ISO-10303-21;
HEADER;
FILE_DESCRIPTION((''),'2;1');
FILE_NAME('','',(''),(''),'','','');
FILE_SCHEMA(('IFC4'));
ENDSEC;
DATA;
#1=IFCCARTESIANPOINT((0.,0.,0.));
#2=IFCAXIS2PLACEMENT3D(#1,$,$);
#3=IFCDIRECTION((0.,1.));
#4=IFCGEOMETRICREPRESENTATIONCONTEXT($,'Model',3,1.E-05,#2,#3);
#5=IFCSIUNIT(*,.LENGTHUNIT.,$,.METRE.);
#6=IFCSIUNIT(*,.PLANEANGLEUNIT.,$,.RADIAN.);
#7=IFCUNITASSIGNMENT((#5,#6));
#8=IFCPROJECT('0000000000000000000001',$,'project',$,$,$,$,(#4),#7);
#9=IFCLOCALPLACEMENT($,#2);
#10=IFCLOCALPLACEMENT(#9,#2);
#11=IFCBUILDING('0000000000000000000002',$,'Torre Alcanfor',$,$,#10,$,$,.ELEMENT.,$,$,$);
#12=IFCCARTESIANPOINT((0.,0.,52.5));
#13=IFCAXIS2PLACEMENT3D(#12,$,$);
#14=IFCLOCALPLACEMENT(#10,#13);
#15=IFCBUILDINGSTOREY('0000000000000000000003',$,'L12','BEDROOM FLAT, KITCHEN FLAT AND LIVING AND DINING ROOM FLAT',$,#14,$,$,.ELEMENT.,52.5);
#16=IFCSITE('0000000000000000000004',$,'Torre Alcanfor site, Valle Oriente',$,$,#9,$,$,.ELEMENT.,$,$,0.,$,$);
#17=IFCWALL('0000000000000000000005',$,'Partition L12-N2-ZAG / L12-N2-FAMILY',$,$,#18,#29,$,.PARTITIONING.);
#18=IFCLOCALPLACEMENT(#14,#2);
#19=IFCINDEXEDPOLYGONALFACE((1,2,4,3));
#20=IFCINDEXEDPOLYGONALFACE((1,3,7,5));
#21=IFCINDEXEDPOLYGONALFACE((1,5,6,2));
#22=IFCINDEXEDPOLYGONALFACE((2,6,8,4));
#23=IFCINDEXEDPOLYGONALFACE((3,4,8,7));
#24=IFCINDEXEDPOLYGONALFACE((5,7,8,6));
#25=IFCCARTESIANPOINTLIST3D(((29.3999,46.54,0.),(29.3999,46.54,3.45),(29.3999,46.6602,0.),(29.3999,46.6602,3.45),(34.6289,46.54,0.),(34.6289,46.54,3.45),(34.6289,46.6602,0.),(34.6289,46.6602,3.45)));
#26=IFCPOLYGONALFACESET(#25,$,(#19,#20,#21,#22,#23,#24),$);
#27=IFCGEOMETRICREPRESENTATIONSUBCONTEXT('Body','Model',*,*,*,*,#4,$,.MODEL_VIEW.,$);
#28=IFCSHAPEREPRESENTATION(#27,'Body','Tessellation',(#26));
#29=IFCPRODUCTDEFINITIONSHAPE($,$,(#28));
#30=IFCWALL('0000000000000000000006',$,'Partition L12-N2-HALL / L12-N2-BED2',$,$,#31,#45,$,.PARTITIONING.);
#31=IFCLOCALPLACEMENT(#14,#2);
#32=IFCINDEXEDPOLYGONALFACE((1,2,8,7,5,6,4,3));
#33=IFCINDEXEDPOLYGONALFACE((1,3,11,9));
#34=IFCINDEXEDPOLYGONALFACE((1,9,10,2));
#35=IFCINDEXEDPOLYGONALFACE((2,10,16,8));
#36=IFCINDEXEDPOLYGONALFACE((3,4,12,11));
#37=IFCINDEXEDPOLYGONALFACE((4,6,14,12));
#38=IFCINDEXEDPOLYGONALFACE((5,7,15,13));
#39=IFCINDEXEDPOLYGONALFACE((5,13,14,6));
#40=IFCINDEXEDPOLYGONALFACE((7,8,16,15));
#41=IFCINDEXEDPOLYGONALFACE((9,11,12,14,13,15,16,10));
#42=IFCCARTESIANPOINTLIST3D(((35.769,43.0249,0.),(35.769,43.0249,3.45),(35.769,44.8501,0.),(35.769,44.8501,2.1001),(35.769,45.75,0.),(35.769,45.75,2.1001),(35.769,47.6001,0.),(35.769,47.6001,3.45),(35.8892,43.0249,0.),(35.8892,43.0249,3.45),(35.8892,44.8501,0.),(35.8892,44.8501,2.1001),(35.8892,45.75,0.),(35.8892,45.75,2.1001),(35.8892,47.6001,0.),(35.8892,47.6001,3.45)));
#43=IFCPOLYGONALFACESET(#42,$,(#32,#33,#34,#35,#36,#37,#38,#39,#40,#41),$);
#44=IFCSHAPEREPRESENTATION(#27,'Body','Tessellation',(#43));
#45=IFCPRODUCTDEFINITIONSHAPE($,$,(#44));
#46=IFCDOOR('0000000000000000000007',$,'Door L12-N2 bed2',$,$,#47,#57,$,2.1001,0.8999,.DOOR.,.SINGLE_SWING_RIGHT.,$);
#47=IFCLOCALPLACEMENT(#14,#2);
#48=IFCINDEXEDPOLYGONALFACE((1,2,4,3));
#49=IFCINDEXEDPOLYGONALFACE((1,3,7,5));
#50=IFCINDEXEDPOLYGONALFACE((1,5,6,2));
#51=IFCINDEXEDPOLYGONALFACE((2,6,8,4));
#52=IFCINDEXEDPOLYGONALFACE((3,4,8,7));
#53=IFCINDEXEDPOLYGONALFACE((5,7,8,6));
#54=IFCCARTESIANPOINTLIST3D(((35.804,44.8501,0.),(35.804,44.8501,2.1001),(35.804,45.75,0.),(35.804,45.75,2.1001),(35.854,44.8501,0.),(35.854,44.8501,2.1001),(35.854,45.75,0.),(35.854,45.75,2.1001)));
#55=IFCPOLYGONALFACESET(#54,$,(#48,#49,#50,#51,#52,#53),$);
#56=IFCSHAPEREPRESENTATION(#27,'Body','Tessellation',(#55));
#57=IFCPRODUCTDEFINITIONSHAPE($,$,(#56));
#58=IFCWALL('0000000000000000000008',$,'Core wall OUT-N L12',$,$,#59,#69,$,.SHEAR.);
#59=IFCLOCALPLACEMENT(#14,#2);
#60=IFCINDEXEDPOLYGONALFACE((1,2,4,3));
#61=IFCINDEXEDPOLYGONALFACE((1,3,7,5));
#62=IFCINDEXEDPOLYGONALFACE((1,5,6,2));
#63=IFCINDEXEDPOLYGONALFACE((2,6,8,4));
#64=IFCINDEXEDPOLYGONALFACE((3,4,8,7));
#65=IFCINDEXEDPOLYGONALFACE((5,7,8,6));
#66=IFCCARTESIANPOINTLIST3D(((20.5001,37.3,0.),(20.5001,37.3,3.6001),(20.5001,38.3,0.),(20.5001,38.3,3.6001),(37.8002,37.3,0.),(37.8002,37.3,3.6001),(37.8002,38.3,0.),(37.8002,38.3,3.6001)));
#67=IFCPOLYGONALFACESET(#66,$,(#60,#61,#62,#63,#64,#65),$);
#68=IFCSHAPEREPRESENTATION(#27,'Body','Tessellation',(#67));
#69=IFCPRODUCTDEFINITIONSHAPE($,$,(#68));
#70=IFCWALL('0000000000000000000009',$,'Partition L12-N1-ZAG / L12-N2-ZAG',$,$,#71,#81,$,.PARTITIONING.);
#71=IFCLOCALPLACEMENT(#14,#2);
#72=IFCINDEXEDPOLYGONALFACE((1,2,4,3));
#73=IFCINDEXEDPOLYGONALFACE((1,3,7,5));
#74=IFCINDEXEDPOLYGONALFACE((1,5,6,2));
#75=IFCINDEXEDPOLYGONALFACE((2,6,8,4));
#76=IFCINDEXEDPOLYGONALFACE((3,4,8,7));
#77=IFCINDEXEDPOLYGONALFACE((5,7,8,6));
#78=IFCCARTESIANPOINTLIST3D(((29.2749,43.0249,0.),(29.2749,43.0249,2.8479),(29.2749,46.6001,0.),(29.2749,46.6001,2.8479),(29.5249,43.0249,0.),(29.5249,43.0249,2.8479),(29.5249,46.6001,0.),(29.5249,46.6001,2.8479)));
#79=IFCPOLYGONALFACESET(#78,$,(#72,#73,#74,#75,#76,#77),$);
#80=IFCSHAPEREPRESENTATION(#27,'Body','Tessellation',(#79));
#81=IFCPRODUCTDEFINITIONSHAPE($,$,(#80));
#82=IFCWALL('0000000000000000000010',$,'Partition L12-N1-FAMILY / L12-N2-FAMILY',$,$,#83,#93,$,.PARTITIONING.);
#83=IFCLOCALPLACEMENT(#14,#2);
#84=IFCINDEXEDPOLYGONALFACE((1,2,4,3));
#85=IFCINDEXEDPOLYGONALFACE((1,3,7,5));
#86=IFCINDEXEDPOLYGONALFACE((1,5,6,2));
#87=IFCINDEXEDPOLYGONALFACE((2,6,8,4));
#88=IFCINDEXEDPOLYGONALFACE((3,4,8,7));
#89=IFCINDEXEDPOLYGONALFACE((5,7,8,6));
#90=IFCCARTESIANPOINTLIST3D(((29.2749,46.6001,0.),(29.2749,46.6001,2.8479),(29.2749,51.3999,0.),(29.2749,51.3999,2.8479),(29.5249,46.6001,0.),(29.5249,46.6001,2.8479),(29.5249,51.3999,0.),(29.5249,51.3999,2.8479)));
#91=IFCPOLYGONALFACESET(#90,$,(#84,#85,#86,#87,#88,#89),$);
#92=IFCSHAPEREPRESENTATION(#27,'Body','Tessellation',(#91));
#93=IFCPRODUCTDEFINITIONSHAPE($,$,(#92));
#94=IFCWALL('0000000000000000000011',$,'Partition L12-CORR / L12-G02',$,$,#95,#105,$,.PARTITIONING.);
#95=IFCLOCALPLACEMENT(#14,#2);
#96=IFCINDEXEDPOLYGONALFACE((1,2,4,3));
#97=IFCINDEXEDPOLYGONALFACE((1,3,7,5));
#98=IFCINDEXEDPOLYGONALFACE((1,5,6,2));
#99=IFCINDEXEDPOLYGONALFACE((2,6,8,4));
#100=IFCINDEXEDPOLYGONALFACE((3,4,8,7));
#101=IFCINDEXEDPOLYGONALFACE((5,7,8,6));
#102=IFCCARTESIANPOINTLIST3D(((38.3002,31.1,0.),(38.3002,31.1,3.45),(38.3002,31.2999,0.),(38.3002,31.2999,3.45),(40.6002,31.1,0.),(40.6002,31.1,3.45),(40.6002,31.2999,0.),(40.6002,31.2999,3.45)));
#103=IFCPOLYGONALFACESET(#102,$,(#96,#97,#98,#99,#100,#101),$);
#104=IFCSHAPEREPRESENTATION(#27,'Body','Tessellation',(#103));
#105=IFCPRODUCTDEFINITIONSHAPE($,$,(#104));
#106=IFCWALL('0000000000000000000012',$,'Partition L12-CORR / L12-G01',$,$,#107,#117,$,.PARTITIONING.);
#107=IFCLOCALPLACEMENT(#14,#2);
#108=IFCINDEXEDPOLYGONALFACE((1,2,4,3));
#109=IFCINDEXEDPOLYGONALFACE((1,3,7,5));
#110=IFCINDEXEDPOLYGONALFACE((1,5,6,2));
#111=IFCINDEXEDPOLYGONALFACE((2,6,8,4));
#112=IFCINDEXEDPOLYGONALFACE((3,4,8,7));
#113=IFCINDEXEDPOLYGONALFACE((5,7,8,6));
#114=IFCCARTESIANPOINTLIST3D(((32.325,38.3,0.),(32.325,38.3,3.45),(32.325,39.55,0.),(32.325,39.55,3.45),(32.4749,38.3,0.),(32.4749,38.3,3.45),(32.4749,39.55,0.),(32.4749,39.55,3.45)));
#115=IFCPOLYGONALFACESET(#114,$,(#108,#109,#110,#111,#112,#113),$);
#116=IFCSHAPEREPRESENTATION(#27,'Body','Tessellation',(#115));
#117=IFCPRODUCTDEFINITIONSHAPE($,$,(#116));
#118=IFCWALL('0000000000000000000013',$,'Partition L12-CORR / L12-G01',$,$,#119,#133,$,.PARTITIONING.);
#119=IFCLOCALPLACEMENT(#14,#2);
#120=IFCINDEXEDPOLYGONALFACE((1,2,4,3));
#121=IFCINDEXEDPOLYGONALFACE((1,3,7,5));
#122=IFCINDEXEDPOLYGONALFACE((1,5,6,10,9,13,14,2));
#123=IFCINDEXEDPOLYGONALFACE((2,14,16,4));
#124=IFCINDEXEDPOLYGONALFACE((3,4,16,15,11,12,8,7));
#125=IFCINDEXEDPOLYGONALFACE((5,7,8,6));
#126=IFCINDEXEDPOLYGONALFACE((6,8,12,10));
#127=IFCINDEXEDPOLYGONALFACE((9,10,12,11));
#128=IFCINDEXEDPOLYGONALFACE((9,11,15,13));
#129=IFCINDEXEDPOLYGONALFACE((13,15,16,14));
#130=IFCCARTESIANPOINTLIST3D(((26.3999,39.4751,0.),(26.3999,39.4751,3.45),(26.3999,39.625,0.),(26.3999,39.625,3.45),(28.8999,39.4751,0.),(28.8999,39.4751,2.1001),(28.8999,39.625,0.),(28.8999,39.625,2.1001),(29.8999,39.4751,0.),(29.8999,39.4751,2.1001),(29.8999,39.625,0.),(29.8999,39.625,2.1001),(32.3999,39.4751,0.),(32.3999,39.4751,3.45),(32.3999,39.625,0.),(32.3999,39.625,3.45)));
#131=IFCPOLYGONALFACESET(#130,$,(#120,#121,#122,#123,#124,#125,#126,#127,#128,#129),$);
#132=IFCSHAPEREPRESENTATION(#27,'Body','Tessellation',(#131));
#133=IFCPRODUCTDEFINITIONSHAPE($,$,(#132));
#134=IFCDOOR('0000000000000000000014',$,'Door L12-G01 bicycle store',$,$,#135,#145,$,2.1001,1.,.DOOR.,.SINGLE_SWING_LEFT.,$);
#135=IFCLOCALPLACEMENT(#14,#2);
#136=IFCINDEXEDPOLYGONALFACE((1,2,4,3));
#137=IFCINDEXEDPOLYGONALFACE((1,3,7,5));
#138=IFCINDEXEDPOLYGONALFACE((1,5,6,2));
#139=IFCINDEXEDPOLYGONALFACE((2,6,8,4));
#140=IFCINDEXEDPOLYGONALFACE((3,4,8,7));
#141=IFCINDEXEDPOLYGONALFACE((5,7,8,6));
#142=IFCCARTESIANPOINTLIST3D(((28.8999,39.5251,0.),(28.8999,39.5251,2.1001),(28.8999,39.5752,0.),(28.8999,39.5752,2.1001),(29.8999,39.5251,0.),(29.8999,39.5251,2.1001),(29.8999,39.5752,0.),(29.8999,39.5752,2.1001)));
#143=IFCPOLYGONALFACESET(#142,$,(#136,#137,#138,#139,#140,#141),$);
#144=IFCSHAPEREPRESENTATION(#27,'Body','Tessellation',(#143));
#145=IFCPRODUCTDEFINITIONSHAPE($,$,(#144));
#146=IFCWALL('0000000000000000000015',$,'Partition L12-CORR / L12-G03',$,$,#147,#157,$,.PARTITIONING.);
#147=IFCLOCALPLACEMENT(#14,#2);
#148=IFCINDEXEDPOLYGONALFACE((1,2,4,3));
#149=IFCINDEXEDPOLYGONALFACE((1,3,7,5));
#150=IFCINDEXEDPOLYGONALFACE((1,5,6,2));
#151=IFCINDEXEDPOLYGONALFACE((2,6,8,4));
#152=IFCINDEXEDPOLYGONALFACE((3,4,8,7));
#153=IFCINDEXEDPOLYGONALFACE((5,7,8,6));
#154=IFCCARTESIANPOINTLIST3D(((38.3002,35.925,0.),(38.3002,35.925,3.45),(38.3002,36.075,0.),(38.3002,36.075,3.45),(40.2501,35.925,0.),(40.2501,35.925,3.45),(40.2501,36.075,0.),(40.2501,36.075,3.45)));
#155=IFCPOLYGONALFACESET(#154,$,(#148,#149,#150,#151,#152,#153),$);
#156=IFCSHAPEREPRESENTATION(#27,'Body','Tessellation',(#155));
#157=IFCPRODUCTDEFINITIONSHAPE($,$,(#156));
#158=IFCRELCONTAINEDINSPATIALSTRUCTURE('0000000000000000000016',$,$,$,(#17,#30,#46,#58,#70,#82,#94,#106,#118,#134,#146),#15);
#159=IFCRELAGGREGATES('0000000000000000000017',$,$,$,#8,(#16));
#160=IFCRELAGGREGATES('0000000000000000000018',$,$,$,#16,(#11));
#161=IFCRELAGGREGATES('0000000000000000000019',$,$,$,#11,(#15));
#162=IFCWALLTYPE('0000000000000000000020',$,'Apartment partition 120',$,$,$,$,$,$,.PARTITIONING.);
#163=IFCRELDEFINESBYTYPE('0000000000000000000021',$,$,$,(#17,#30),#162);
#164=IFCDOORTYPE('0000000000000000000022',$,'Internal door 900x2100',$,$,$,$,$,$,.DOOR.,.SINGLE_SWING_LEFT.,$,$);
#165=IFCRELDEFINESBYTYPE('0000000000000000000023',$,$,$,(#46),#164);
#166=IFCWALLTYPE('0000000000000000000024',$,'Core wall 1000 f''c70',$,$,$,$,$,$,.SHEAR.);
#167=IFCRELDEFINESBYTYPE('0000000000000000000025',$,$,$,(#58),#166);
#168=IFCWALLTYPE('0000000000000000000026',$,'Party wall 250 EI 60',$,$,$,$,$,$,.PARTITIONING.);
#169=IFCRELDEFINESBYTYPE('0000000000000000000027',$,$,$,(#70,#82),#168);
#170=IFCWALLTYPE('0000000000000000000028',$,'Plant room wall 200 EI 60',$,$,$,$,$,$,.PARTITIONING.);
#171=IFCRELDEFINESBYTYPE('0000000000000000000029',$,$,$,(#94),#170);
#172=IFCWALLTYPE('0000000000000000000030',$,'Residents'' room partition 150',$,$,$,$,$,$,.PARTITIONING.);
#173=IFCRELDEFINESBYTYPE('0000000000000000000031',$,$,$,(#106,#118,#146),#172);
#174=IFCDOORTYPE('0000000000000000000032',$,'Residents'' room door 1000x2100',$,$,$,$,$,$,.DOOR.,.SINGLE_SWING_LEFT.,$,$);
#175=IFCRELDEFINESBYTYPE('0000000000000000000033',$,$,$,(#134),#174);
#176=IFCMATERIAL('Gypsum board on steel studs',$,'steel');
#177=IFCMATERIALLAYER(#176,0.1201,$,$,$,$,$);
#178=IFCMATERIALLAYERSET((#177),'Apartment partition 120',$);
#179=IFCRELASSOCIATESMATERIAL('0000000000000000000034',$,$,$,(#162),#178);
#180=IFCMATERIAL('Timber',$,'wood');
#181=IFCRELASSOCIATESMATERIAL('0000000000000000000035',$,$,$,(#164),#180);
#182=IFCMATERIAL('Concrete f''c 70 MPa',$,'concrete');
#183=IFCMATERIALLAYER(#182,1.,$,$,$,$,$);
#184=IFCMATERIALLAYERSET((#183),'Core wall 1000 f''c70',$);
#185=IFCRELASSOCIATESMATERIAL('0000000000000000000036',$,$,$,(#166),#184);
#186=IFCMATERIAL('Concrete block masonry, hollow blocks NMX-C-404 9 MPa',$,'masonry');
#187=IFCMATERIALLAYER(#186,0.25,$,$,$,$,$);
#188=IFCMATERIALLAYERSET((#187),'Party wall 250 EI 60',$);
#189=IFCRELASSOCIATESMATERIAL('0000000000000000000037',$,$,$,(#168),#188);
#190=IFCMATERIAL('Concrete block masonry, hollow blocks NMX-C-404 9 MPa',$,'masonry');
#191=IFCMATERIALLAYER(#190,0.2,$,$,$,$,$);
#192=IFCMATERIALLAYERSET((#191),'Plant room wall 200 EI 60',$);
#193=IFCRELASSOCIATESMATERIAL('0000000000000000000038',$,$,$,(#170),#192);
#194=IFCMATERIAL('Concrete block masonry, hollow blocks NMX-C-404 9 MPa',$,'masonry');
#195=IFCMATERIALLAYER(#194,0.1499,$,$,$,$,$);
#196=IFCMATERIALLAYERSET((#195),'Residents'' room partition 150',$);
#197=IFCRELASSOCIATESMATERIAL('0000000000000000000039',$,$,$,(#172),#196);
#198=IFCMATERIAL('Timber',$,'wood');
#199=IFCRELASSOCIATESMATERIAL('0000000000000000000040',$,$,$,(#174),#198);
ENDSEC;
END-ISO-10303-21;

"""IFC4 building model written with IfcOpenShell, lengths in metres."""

from ifc_helpers import new_model, si_unit, direction, frame, frame_2d, origin, place, context, subcontext, project, spatial, rectangle, extrude, material, layer, layer_set, type_object, element, fill, save


model = new_model("IFC4")

# Units and contexts
model_context = context("Model", 3, precision=1e-05, world=origin(), true_north=direction((0.0, 1.0)))
body_context = subcontext(model_context, "Body", "Model", "MODEL_VIEW")
ifc_project = project(units=[si_unit("LENGTHUNIT", "METRE"), si_unit("PLANEANGLEUNIT", "RADIAN")], contexts=[model_context])

# Site, building, storey
site_placement = place(None, origin())
site = spatial("IfcSite", under=ifc_project, at=site_placement, Name="Torre Alcanfor site, Valle Oriente", CompositionType="ELEMENT", RefElevation=0.0)
building_placement = place(site_placement, origin())
building = spatial("IfcBuilding", under=site, at=building_placement, Name="Torre Alcanfor", CompositionType="ELEMENT")
storey_placement = place(building_placement, frame((0.0, 0.0, 52.5)))
storey = spatial("IfcBuildingStorey", under=building, at=storey_placement, Name="L12", Description="BEDROOM FLAT, KITCHEN FLAT AND LIVING AND DINING ROOM FLAT", CompositionType="ELEMENT", Elevation=52.5)

# Wall
ifc_material_1 = material(Name="Gypsum board on steel studs", Category="steel")
ifc_layer_1 = layer(ifc_material_1, 0.1201)
ifc_layer_set_1 = layer_set([ifc_layer_1], Name="Apartment partition 120")
wall_type_1 = type_object("IfcWallType", Name="Apartment partition 120", PredefinedType="PARTITIONING", material=ifc_layer_set_1)
wall_1_placement = place(storey_placement, frame((29.3999, 46.6001, 0.0), z_axis=(0.0, 0.0, 1.0), x_axis=(1.0, 0.0, 0.0)))
element("IfcWall", 1, at=wall_1_placement, inside=storey, type_object=wall_type_1, Name="Partition L12-N2-ZAG / L12-N2-FAMILY", PredefinedType="PARTITIONING", context=body_context, shape_type="SweptSolid", body=[
    extrude(rectangle(XDim=5.229, YDim=0.1201, at=frame_2d((2.6145, 0.0))), origin(), (0.0, 0.0, 1.0), 3.45),
])

# Wall, opening, door
wall_2_placement = place(storey_placement, frame((35.8291, 47.6001, 0.0), z_axis=(0.0, 0.0, 1.0), x_axis=(0.0, -1.0, 0.0)))
wall_2 = element("IfcWall", 2, at=wall_2_placement, inside=storey, type_object=wall_type_1, Name="Partition L12-N2-HALL / L12-N2-BED2", PredefinedType="PARTITIONING", context=body_context, shape_type="SweptSolid", body=[
    extrude(rectangle(XDim=4.5752, YDim=0.1201, at=frame_2d((2.2876, 0.0))), origin(), (0.0, 0.0, 1.0), 3.45),
])
opening_1_placement = place(wall_2_placement, frame((1.8501, 0.0, 0.0)))
opening_1 = element("IfcOpeningElement", 3, at=opening_1_placement, cuts=wall_2, PredefinedType="OPENING", context=body_context, shape_type="SweptSolid", body=[
    extrude(rectangle(XDim=0.8999, YDim=2.1001, at=frame_2d((0.45, 1.05))), frame((0.0, 0.0701, 0.0), z_axis=(0.0, -1.0, 0.0), x_axis=(1.0, 0.0, 0.0)), (0.0, 0.0, 1.0), 0.1401),
])
ifc_material_2 = material(Name="Timber", Category="wood")
door_type_1 = type_object("IfcDoorType", Name="Internal door 900x2100", OperationType="SINGLE_SWING_LEFT", PredefinedType="DOOR", material=ifc_material_2)
door_1_placement = place(opening_1_placement, origin())
door_1 = element("IfcDoor", 4, at=door_1_placement, inside=storey, type_object=door_type_1, Name="Door L12-N2 bed2", OperationType="SINGLE_SWING_RIGHT", OverallHeight=2.1001, OverallWidth=0.8999, PredefinedType="DOOR", context=body_context, shape_type="SweptSolid", body=[
    extrude(rectangle(XDim=0.8999, YDim=2.1001, at=frame_2d((0.45, 1.05))), frame((0.0, 0.0249, 0.0), z_axis=(0.0, -1.0, 0.0), x_axis=(1.0, 0.0, 0.0)), (0.0, 0.0, 1.0), 0.05),
])
fill(opening_1, door_1)

# Walls
ifc_material_3 = material(Name="Concrete f'c 70 MPa", Category="concrete")
ifc_layer_2 = layer(ifc_material_3, 1.0)
ifc_layer_set_2 = layer_set([ifc_layer_2], Name="Core wall 1000 f'c70")
wall_type_2 = type_object("IfcWallType", Name="Core wall 1000 f'c70", PredefinedType="SHEAR", material=ifc_layer_set_2)
wall_3_placement = place(storey_placement, frame((37.8, 37.8, 0.0), z_axis=(0.0, 0.0, 1.0), x_axis=(-1.0, 0.0, 0.0)))
element("IfcWall", 5, at=wall_3_placement, inside=storey, type_object=wall_type_2, Name="Core wall OUT-N L12", PredefinedType="SHEAR", context=body_context, shape_type="SweptSolid", body=[
    extrude(rectangle(XDim=17.3, YDim=1.0, at=frame_2d((8.6499, 0.0))), origin(), (0.0, 0.0, 1.0), 3.6001),
])
ifc_material_4 = material(Name="Concrete block masonry, hollow blocks NMX-C-404 9 MPa", Category="masonry")
ifc_layer_3 = layer(ifc_material_4, 0.25)
ifc_layer_set_3 = layer_set([ifc_layer_3], Name="Party wall 250 EI 60")
wall_type_3 = type_object("IfcWallType", Name="Party wall 250 EI 60", PredefinedType="PARTITIONING", material=ifc_layer_set_3)
wall_4_placement = place(storey_placement, frame((29.3999, 43.0249, 0.0), z_axis=(0.0, 0.0, 1.0), x_axis=(0.0, 1.0, 0.0)))
element("IfcWall", 6, at=wall_4_placement, inside=storey, type_object=wall_type_3, Name="Partition L12-N1-ZAG / L12-N2-ZAG", PredefinedType="PARTITIONING", context=body_context, shape_type="SweptSolid", body=[
    extrude(rectangle(XDim=3.5752, YDim=0.25, at=frame_2d((1.7876, 0.0))), origin(), (0.0, 0.0, 1.0), 2.8479),
])
wall_5_placement = place(storey_placement, frame((29.3999, 46.6001, 0.0), z_axis=(0.0, 0.0, 1.0), x_axis=(0.0, 1.0, 0.0)))
element("IfcWall", 7, at=wall_5_placement, inside=storey, type_object=wall_type_3, Name="Partition L12-N1-FAMILY / L12-N2-FAMILY", PredefinedType="PARTITIONING", context=body_context, shape_type="SweptSolid", body=[
    extrude(rectangle(XDim=4.7998, YDim=0.25, at=frame_2d((2.3999, 0.0))), origin(), (0.0, 0.0, 1.0), 2.8479),
])
ifc_material_5 = material(Name="Concrete block masonry, hollow blocks NMX-C-404 9 MPa", Category="masonry")
ifc_layer_4 = layer(ifc_material_5, 0.2)
ifc_layer_set_4 = layer_set([ifc_layer_4], Name="Plant room wall 200 EI 60")
wall_type_4 = type_object("IfcWallType", Name="Plant room wall 200 EI 60", PredefinedType="PARTITIONING", material=ifc_layer_set_4)
wall_6_placement = place(storey_placement, frame((40.6001, 31.2, 0.0), z_axis=(0.0, 0.0, 1.0), x_axis=(-1.0, 0.0, 0.0)))
element("IfcWall", 8, at=wall_6_placement, inside=storey, type_object=wall_type_4, Name="Partition L12-CORR / L12-G02", PredefinedType="PARTITIONING", context=body_context, shape_type="SweptSolid", body=[
    extrude(rectangle(XDim=2.3, YDim=0.2, at=frame_2d((1.1499, 0.0))), origin(), (0.0, 0.0, 1.0), 3.45),
])
ifc_material_6 = material(Name="Concrete block masonry, hollow blocks NMX-C-404 9 MPa", Category="masonry")
ifc_layer_5 = layer(ifc_material_6, 0.1499)
ifc_layer_set_5 = layer_set([ifc_layer_5], Name="Residents' room partition 150")
wall_type_5 = type_object("IfcWallType", Name="Residents' room partition 150", PredefinedType="PARTITIONING", material=ifc_layer_set_5)
wall_7_placement = place(storey_placement, frame((32.3999, 38.3, 0.0), z_axis=(0.0, 0.0, 1.0), x_axis=(0.0, 1.0, 0.0)))
element("IfcWall", 9, at=wall_7_placement, inside=storey, type_object=wall_type_5, Name="Partition L12-CORR / L12-G01", PredefinedType="PARTITIONING", context=body_context, shape_type="SweptSolid", body=[
    extrude(rectangle(XDim=1.25, YDim=0.1499, at=frame_2d((0.625, 0.0))), origin(), (0.0, 0.0, 1.0), 3.45),
])

# Wall, opening, door
wall_8_placement = place(storey_placement, frame((32.3999, 39.55, 0.0), z_axis=(0.0, 0.0, 1.0), x_axis=(-1.0, 0.0, 0.0)))
wall_8 = element("IfcWall", 10, at=wall_8_placement, inside=storey, type_object=wall_type_5, Name="Partition L12-CORR / L12-G01", PredefinedType="PARTITIONING", context=body_context, shape_type="SweptSolid", body=[
    extrude(rectangle(XDim=6.0, YDim=0.1499, at=frame_2d((3.0, 0.0))), origin(), (0.0, 0.0, 1.0), 3.45),
])
opening_2_placement = place(wall_8_placement, frame((2.5, 0.0, 0.0)))
opening_2 = element("IfcOpeningElement", 11, at=opening_2_placement, cuts=wall_8, PredefinedType="OPENING", context=body_context, shape_type="SweptSolid", body=[
    extrude(rectangle(XDim=1.0, YDim=2.1001, at=frame_2d((0.5, 1.05))), frame((0.0, 0.085, 0.0), z_axis=(0.0, -1.0, 0.0), x_axis=(1.0, 0.0, 0.0)), (0.0, 0.0, 1.0), 0.1699),
])
ifc_material_7 = material(Name="Timber", Category="wood")
door_type_2 = type_object("IfcDoorType", Name="Residents' room door 1000x2100", OperationType="SINGLE_SWING_LEFT", PredefinedType="DOOR", material=ifc_material_7)
door_2_placement = place(opening_2_placement, origin())
door_2 = element("IfcDoor", 12, at=door_2_placement, inside=storey, type_object=door_type_2, Name="Door L12-G01 bicycle store", OperationType="SINGLE_SWING_LEFT", OverallHeight=2.1001, OverallWidth=1.0, PredefinedType="DOOR", context=body_context, shape_type="SweptSolid", body=[
    extrude(rectangle(XDim=1.0, YDim=2.1001, at=frame_2d((0.5, 1.05))), frame((0.0, 0.0249, 0.0), z_axis=(0.0, -1.0, 0.0), x_axis=(1.0, 0.0, 0.0)), (0.0, 0.0, 1.0), 0.05),
])
fill(opening_2, door_2)

# Wall
wall_9_placement = place(storey_placement, frame((38.3, 36.0, 0.0), z_axis=(0.0, 0.0, 1.0), x_axis=(1.0, 0.0, 0.0)))
element("IfcWall", 13, at=wall_9_placement, inside=storey, type_object=wall_type_5, Name="Partition L12-CORR / L12-G03", PredefinedType="PARTITIONING", context=body_context, shape_type="SweptSolid", body=[
    extrude(rectangle(XDim=1.95, YDim=0.1499, at=frame_2d((0.9751, 0.0))), origin(), (0.0, 0.0, 1.0), 3.45),
])

save(model, "model.ifc")
